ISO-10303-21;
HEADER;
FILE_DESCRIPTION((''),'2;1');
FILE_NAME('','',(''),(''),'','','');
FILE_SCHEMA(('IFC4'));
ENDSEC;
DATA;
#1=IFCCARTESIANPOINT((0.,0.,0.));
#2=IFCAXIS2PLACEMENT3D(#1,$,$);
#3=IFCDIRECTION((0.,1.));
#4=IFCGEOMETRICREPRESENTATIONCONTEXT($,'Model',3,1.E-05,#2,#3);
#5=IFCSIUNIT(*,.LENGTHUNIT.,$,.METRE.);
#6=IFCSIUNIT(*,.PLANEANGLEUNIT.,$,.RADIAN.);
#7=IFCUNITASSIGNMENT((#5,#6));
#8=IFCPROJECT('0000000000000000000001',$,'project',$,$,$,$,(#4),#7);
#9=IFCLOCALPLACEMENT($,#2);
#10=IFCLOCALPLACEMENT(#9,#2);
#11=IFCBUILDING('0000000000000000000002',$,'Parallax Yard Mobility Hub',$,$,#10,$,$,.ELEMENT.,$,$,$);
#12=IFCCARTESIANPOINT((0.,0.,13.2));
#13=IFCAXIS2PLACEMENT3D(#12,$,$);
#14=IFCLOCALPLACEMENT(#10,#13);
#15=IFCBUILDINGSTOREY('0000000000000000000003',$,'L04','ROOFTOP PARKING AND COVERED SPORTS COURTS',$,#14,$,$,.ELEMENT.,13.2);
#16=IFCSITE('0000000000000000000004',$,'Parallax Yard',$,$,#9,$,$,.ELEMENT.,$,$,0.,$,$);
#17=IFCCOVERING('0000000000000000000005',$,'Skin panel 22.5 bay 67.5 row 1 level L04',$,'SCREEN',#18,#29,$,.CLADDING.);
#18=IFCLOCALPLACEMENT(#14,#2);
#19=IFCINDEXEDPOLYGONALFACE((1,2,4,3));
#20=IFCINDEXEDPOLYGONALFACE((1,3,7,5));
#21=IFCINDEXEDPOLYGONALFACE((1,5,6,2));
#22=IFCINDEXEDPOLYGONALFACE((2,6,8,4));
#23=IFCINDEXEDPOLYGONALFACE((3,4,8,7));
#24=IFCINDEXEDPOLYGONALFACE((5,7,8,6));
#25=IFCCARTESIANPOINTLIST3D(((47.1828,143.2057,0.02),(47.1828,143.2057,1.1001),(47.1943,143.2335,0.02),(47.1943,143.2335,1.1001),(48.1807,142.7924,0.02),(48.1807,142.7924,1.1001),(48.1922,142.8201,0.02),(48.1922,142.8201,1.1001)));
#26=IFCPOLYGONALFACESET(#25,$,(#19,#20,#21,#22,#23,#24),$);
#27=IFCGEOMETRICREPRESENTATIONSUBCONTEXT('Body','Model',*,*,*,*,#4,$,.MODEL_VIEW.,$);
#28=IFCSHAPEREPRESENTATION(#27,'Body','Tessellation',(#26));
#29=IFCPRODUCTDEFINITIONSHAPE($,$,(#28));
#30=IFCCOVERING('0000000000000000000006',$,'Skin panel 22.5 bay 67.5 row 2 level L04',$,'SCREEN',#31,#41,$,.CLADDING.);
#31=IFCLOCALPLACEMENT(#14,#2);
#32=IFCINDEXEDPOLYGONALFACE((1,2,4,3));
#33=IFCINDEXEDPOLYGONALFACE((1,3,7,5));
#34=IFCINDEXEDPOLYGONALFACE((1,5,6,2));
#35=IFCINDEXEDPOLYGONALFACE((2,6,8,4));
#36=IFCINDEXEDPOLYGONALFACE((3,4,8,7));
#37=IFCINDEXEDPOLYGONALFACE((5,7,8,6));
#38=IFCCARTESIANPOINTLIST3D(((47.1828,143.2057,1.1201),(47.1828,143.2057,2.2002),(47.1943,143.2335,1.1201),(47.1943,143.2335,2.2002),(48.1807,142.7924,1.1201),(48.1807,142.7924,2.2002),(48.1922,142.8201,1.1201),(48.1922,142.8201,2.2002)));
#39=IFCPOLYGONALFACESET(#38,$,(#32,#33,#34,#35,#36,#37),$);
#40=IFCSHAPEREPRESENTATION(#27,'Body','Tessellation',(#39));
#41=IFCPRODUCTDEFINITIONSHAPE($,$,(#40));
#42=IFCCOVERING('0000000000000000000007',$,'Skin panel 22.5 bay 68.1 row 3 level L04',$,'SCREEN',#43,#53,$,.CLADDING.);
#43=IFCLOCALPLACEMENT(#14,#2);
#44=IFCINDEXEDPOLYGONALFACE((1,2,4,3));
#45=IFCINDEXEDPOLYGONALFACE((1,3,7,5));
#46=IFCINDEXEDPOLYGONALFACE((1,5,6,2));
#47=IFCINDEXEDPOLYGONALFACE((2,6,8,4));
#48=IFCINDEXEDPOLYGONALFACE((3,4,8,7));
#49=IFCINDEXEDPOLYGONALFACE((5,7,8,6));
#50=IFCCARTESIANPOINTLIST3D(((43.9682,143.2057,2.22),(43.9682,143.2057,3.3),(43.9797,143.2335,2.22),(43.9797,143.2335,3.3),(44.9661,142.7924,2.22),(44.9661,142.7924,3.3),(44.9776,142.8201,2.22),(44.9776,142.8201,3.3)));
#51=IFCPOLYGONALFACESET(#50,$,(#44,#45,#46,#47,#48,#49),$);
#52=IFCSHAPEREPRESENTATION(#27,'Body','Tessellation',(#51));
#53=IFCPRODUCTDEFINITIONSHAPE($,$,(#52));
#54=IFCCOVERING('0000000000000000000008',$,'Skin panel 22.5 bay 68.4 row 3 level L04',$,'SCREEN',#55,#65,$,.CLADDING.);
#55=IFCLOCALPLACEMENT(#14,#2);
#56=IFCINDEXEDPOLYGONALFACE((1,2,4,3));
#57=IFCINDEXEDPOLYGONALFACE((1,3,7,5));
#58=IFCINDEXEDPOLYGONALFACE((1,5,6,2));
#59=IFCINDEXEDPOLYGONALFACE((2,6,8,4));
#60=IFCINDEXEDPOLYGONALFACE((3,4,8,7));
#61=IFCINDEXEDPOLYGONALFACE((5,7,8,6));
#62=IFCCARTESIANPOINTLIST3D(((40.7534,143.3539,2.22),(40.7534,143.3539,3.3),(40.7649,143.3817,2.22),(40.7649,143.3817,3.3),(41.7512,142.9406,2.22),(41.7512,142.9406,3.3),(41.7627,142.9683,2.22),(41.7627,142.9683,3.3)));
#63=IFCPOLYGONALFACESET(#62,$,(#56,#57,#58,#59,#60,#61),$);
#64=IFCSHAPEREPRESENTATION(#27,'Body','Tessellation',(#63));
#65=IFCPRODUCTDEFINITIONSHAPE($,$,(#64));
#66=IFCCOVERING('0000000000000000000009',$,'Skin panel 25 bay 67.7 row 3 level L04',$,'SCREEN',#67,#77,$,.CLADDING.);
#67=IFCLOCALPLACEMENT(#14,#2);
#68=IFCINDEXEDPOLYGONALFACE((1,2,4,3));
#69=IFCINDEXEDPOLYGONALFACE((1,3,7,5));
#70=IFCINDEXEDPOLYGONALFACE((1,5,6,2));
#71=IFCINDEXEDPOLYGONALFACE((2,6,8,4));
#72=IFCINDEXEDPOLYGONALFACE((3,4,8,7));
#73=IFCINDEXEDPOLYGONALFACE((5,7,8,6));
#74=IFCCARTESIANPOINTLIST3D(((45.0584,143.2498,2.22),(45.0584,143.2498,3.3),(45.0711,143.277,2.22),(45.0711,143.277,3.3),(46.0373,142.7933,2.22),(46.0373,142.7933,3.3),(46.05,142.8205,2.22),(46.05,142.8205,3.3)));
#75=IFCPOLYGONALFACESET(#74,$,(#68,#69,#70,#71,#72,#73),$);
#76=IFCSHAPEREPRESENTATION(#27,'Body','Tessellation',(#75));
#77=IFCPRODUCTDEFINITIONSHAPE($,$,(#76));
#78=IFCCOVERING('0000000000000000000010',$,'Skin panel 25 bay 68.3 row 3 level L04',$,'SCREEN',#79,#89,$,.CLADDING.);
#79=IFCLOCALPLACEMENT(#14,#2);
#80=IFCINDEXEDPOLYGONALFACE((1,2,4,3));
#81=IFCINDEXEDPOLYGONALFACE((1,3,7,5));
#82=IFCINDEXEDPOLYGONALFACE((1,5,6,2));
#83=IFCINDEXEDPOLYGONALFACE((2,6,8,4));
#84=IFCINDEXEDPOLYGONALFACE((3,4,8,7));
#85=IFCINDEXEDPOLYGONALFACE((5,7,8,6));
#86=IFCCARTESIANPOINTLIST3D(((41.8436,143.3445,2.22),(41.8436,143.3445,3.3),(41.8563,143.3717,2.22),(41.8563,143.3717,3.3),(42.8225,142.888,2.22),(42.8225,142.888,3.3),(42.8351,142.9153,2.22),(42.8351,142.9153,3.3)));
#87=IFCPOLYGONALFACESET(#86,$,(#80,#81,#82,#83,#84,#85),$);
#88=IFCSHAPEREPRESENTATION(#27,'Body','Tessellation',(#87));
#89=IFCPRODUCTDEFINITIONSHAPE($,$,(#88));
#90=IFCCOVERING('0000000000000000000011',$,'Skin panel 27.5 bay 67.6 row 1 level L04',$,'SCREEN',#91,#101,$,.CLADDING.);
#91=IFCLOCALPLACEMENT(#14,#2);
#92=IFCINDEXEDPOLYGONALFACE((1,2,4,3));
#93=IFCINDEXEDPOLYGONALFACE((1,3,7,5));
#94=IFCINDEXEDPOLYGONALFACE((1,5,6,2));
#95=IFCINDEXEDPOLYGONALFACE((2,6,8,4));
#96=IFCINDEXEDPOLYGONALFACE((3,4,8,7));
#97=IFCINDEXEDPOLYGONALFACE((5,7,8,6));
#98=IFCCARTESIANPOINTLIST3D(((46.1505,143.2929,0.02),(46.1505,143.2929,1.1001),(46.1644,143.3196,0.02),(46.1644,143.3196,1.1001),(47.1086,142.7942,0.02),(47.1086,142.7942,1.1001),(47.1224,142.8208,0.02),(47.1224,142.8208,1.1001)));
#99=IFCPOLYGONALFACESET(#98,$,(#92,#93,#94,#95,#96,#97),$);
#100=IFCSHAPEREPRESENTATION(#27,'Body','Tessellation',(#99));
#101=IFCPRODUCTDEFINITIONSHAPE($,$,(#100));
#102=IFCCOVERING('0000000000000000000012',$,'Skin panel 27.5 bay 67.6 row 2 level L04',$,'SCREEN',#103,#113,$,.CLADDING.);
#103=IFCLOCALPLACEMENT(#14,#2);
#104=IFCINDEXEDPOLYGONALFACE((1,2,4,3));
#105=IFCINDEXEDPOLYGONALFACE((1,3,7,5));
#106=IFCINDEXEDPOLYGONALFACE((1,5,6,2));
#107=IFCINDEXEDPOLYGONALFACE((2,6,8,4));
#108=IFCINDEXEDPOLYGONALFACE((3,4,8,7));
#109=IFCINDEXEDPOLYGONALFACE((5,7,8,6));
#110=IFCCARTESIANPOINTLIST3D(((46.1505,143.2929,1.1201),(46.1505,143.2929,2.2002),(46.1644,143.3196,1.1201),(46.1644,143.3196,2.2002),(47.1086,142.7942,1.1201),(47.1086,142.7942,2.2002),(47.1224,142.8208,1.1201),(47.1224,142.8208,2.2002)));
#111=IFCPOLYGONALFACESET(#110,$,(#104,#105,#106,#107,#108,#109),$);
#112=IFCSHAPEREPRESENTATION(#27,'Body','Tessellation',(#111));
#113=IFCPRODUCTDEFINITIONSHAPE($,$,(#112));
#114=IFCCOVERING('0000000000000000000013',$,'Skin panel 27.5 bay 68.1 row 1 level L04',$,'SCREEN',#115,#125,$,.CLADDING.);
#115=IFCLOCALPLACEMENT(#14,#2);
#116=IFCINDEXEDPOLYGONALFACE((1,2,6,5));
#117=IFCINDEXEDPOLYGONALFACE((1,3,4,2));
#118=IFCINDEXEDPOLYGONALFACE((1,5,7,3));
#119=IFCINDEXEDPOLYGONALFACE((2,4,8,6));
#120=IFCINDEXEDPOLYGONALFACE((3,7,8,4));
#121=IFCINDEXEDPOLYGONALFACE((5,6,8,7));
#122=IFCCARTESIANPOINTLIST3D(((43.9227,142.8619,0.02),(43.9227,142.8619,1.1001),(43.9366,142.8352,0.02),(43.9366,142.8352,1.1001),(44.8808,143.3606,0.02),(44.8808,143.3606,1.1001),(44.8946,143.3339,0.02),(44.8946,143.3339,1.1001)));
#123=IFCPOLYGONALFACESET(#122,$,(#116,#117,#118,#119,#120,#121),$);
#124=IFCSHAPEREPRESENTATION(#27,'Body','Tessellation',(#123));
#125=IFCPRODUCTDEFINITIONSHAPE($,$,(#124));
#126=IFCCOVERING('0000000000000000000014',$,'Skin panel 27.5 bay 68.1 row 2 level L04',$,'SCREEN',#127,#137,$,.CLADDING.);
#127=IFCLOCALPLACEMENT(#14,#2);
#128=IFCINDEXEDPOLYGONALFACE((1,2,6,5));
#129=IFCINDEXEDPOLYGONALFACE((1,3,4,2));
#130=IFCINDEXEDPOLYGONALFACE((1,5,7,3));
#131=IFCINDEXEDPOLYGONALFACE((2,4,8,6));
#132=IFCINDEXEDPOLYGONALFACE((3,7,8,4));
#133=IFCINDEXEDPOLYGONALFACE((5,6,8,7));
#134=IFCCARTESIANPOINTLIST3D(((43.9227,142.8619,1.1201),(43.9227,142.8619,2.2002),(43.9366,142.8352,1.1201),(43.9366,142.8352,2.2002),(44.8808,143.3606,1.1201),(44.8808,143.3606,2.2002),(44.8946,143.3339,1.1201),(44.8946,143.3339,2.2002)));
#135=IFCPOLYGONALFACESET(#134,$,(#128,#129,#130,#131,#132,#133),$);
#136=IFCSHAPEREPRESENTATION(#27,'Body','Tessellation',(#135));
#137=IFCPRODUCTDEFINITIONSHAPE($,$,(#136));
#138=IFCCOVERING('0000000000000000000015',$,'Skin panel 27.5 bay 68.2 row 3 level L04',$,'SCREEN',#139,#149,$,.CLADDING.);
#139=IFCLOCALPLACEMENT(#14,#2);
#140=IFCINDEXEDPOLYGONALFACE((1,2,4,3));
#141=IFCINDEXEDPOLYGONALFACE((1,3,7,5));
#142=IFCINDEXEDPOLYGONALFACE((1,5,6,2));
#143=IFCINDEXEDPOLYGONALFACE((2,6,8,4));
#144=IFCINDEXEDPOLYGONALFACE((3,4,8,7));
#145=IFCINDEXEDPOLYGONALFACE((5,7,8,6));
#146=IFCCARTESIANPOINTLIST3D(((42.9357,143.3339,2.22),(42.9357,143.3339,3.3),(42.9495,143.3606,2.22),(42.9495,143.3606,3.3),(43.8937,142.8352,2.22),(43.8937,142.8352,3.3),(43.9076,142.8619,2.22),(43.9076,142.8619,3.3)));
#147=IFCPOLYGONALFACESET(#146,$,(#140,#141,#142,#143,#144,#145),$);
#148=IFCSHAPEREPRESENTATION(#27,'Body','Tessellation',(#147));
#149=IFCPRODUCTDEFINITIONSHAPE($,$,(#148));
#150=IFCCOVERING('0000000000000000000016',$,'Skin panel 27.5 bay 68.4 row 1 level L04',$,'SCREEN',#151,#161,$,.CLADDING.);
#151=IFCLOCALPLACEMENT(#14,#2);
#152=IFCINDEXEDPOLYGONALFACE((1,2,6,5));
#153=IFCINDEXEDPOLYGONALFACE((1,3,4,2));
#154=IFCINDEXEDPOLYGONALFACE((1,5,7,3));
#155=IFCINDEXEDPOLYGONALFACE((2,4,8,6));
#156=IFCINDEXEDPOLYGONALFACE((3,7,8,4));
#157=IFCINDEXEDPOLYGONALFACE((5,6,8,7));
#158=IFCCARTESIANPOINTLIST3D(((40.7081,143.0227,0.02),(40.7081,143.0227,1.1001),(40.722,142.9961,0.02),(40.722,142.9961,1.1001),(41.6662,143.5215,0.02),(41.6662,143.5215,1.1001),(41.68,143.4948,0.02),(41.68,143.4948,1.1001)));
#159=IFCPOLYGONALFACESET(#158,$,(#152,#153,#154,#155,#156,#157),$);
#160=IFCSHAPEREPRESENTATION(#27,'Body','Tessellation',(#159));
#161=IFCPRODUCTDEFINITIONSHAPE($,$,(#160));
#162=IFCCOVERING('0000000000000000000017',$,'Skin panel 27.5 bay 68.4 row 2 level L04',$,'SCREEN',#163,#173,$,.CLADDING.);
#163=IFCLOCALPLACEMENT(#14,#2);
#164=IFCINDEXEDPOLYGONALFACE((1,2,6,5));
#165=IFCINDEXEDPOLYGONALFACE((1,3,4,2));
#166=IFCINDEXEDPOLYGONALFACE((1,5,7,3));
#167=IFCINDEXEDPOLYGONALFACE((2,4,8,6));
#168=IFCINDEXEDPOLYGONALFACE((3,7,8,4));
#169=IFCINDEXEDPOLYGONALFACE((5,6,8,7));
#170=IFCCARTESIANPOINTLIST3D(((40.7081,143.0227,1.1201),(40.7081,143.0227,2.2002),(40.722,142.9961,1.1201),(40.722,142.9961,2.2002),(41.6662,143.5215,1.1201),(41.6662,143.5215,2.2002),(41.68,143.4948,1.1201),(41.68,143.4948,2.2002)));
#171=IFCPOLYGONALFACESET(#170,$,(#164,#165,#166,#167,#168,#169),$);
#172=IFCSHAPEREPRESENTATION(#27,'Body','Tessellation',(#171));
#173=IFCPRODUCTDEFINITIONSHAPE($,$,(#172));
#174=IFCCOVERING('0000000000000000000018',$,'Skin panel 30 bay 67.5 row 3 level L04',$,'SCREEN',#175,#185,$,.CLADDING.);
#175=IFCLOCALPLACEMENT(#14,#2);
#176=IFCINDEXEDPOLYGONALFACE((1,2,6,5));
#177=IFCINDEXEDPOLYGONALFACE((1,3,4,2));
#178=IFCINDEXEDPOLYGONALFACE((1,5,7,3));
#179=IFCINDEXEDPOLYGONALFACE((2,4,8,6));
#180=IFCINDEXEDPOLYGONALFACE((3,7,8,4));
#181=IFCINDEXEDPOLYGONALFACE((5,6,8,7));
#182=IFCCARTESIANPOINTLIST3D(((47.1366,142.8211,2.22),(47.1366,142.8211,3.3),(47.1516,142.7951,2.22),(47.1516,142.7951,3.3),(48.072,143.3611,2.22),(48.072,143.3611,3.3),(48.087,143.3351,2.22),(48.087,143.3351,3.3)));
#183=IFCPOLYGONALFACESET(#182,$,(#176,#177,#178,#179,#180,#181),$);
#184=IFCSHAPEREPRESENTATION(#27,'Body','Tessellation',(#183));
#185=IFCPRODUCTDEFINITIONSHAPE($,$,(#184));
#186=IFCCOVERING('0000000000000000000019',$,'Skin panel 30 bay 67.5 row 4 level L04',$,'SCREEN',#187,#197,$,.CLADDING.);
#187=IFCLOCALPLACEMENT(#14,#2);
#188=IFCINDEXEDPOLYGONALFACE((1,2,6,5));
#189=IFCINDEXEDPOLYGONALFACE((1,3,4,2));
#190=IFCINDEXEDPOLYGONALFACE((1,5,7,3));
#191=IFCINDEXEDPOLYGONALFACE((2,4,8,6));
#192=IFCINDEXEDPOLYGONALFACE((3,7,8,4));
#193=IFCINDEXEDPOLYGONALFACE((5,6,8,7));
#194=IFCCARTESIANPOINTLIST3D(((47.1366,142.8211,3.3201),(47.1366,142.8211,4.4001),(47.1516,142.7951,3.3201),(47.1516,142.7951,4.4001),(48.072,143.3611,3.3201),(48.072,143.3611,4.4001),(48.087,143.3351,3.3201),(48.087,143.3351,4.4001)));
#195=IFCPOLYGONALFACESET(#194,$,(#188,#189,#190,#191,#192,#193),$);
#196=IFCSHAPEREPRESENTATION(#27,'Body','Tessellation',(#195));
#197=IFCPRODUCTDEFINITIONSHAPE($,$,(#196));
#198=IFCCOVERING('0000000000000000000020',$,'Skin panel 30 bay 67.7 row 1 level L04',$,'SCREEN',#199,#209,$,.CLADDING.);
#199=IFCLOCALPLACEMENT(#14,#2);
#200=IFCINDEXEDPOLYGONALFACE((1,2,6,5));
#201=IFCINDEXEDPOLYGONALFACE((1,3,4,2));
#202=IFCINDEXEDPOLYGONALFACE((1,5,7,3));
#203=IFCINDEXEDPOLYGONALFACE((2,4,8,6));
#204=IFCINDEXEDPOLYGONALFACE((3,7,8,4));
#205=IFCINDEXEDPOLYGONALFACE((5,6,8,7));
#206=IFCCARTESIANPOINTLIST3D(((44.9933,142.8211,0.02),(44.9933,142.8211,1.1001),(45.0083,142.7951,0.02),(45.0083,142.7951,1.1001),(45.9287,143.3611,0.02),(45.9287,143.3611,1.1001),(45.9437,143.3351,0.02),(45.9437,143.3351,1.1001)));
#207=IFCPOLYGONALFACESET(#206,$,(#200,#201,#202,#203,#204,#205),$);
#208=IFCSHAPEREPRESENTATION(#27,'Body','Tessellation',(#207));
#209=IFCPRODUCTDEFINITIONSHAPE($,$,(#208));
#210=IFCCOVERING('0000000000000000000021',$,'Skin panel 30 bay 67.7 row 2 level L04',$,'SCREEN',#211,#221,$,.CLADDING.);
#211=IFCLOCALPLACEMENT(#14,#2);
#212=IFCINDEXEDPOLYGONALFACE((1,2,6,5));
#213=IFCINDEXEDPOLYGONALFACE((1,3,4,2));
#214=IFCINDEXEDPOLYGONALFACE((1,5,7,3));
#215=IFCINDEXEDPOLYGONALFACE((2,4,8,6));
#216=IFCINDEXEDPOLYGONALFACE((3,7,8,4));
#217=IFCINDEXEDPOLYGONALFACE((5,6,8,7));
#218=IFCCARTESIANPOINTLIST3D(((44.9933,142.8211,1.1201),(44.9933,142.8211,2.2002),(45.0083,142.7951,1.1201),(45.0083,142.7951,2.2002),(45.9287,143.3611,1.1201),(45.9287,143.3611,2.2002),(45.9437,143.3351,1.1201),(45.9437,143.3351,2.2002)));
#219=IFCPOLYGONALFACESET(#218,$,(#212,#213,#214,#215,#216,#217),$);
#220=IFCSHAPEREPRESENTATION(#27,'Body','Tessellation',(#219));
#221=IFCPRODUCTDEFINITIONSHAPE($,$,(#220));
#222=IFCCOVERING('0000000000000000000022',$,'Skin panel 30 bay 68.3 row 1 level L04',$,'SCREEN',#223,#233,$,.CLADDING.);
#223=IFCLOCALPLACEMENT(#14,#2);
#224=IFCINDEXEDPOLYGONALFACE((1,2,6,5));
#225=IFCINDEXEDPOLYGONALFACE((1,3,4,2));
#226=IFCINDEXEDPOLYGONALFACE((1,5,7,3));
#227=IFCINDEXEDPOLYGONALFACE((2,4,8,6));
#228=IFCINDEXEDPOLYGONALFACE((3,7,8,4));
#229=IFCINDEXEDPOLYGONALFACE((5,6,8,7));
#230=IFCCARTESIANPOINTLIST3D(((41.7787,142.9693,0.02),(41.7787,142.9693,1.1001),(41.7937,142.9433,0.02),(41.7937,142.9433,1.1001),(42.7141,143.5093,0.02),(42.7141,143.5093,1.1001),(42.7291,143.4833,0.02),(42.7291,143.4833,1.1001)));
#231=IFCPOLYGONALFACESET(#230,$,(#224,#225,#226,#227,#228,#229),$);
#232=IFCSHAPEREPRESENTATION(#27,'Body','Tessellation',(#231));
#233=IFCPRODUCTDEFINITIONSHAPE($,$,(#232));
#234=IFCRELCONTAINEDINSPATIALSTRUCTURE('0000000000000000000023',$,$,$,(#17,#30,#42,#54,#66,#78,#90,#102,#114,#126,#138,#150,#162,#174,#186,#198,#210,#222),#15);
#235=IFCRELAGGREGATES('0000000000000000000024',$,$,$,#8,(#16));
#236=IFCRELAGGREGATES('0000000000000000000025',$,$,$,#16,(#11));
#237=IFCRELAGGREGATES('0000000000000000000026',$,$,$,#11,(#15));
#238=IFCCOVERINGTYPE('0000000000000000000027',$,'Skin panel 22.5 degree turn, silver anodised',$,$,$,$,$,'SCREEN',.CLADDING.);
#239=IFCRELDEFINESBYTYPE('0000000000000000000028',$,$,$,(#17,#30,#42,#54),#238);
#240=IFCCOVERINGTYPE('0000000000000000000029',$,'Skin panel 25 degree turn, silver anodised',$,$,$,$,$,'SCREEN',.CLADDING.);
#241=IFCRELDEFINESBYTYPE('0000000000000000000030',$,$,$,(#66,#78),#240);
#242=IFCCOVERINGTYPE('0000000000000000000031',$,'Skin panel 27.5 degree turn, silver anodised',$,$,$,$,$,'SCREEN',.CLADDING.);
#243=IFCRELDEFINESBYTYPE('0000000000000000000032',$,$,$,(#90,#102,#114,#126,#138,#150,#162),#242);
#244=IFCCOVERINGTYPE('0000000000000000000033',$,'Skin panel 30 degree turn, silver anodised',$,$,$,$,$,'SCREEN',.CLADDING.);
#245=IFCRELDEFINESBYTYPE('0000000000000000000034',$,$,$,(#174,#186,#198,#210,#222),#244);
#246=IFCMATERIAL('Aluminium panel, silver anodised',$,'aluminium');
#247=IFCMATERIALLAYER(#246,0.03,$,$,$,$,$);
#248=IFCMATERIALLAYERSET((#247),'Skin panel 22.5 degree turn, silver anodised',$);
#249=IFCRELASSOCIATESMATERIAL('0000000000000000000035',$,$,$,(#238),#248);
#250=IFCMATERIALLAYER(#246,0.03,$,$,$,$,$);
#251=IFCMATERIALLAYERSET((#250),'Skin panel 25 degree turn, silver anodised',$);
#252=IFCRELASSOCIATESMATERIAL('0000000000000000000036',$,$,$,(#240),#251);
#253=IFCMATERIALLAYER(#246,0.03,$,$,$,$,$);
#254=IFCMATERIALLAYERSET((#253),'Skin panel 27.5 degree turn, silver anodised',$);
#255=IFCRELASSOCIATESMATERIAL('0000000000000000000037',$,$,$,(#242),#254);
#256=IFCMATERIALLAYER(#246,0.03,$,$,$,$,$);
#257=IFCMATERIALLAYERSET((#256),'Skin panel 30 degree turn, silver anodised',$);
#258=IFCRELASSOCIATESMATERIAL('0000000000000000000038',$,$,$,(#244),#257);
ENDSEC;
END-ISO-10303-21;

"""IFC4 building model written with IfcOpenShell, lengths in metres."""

from ifc_helpers import new_model, si_unit, direction, frame, origin, origin_2d, place, context, subcontext, project, spatial, rectangle, extrude, material, layer, layer_set, type_object, element, save


model = new_model("IFC4")

# Units and contexts
model_context = context("Model", 3, precision=1e-05, world=origin(), true_north=direction((0.0, 1.0)))
body_context = subcontext(model_context, "Body", "Model", "MODEL_VIEW")
ifc_project = project(units=[si_unit("LENGTHUNIT", "METRE"), si_unit("PLANEANGLEUNIT", "RADIAN")], contexts=[model_context])

# Site, building, storey
site_placement = place(None, origin())
site = spatial("IfcSite", under=ifc_project, at=site_placement, Name="Parallax Yard", CompositionType="ELEMENT", RefElevation=0.0)
building_placement = place(site_placement, origin())
building = spatial("IfcBuilding", under=site, at=building_placement, Name="Parallax Yard Mobility Hub", CompositionType="ELEMENT")
storey_placement = place(building_placement, frame((0.0, 0.0, 13.2)))
storey = spatial("IfcBuildingStorey", under=building, at=storey_placement, Name="L04", Description="ROOFTOP PARKING AND COVERED SPORTS COURTS", CompositionType="ELEMENT", Elevation=13.2)

# Coverings
ifc_material_1 = material(Name="Aluminium panel, silver anodised", Category="aluminium")
ifc_layer_1 = layer(ifc_material_1, 0.03)
ifc_layer_set_1 = layer_set([ifc_layer_1], Name="Skin panel 22.5 degree turn, silver anodised")
covering_type_1 = type_object("IfcCoveringType", Name="Skin panel 22.5 degree turn, silver anodised", ElementType="SCREEN", PredefinedType="CLADDING", material=ifc_layer_set_1)
for number, where, z_axis, x_axis, name in (
    (1, (47.6875, 143.0129, 0.02), (0.0, 0.0, 1.0), (-0.92388, 0.382683, 0.0), "Skin panel 22.5 bay 67.5 row 1 level L04"),
    (2, (47.6875, 143.0129, 1.1201), (0.0, 0.0, 1.0), (-0.92388, 0.382683, 0.0), "Skin panel 22.5 bay 67.5 row 2 level L04"),
    (3, (44.4729, 143.0129, 2.22), (0.0, 0.0, 1.0), (-0.92388, 0.382683, 0.0), "Skin panel 22.5 bay 68.1 row 3 level L04"),
    (4, (41.2581, 143.1611, 2.22), (0.0, 0.0, 1.0), (-0.92388, 0.382683, 0.0), "Skin panel 22.5 bay 68.4 row 3 level L04"),
):
    element("IfcCovering", number, at=place(storey_placement, frame(where, z_axis=z_axis, x_axis=x_axis)), inside=storey, type_object=covering_type_1, Name=name, ObjectType="SCREEN", PredefinedType="CLADDING", context=body_context, shape_type="SweptSolid", body=[
        extrude(rectangle(XDim=1.0801, YDim=0.03, at=origin_2d()), origin(), (0.0, 0.0, 1.0), 1.0801),
    ])
ifc_layer_2 = layer(ifc_material_1, 0.03)
ifc_layer_set_2 = layer_set([ifc_layer_2], Name="Skin panel 25 degree turn, silver anodised")
covering_type_2 = type_object("IfcCoveringType", Name="Skin panel 25 degree turn, silver anodised", ElementType="SCREEN", PredefinedType="CLADDING", material=ifc_layer_set_2)
for number, where, z_axis, x_axis, name in (
    (5, (45.5542, 143.0352, 2.22), (0.0, 0.0, 1.0), (-0.906308, 0.422618, 0.0), "Skin panel 25 bay 67.7 row 3 level L04"),
    (6, (42.3394, 143.1299, 2.22), (0.0, 0.0, 1.0), (-0.906308, 0.422618, 0.0), "Skin panel 25 bay 68.3 row 3 level L04"),
):
    element("IfcCovering", number, at=place(storey_placement, frame(where, z_axis=z_axis, x_axis=x_axis)), inside=storey, type_object=covering_type_2, Name=name, ObjectType="SCREEN", PredefinedType="CLADDING", context=body_context, shape_type="SweptSolid", body=[
        extrude(rectangle(XDim=1.0801, YDim=0.03, at=origin_2d()), origin(), (0.0, 0.0, 1.0), 1.0801),
    ])
ifc_layer_3 = layer(ifc_material_1, 0.03)
ifc_layer_set_3 = layer_set([ifc_layer_3], Name="Skin panel 27.5 degree turn, silver anodised")
covering_type_3 = type_object("IfcCoveringType", Name="Skin panel 27.5 degree turn, silver anodised", ElementType="SCREEN", PredefinedType="CLADDING", material=ifc_layer_set_3)
for number, where, z_axis, x_axis, name in (
    (7, (46.6365, 143.0569, 0.02), (0.0, 0.0, 1.0), (-0.887011, 0.461749, 0.0), "Skin panel 27.5 bay 67.6 row 1 level L04"),
    (8, (46.6365, 143.0569, 1.1201), (0.0, 0.0, 1.0), (-0.887011, 0.461749, 0.0), "Skin panel 27.5 bay 67.6 row 2 level L04"),
    (9, (44.4087, 143.0979, 0.02), (0.0, 0.0, 1.0), (0.887011, 0.461749, 0.0), "Skin panel 27.5 bay 68.1 row 1 level L04"),
    (10, (44.4087, 143.0979, 1.1201), (0.0, 0.0, 1.0), (0.887011, 0.461749, 0.0), "Skin panel 27.5 bay 68.1 row 2 level L04"),
    (11, (43.4216, 143.0979, 2.22), (0.0, 0.0, 1.0), (-0.887011, 0.461749, 0.0), "Skin panel 27.5 bay 68.2 row 3 level L04"),
    (12, (41.1941, 143.2588, 0.02), (0.0, 0.0, 1.0), (0.887011, 0.461749, 0.0), "Skin panel 27.5 bay 68.4 row 1 level L04"),
    (13, (41.1941, 143.2588, 1.1201), (0.0, 0.0, 1.0), (0.887011, 0.461749, 0.0), "Skin panel 27.5 bay 68.4 row 2 level L04"),
):
    element("IfcCovering", number, at=place(storey_placement, frame(where, z_axis=z_axis, x_axis=x_axis)), inside=storey, type_object=covering_type_3, Name=name, ObjectType="SCREEN", PredefinedType="CLADDING", context=body_context, shape_type="SweptSolid", body=[
        extrude(rectangle(XDim=1.0801, YDim=0.03, at=origin_2d()), origin(), (0.0, 0.0, 1.0), 1.0801),
    ])
ifc_layer_4 = layer(ifc_material_1, 0.03)
ifc_layer_set_4 = layer_set([ifc_layer_4], Name="Skin panel 30 degree turn, silver anodised")
covering_type_4 = type_object("IfcCoveringType", Name="Skin panel 30 degree turn, silver anodised", ElementType="SCREEN", PredefinedType="CLADDING", material=ifc_layer_set_4)
for number, where, z_axis, x_axis, name in (
    (14, (47.6118, 143.0781, 2.22), (0.0, 0.0, 1.0), (0.866025, 0.5, 0.0), "Skin panel 30 bay 67.5 row 3 level L04"),
    (15, (47.6118, 143.0781, 3.3201), (0.0, 0.0, 1.0), (0.866025, 0.5, 0.0), "Skin panel 30 bay 67.5 row 4 level L04"),
    (16, (45.4685, 143.0781, 0.02), (0.0, 0.0, 1.0), (0.866025, 0.5, 0.0), "Skin panel 30 bay 67.7 row 1 level L04"),
    (17, (45.4685, 143.0781, 1.1201), (0.0, 0.0, 1.0), (0.866025, 0.5, 0.0), "Skin panel 30 bay 67.7 row 2 level L04"),
    (18, (42.2539, 143.2263, 0.02), (0.0, 0.0, 1.0), (0.866025, 0.5, 0.0), "Skin panel 30 bay 68.3 row 1 level L04"),
):
    element("IfcCovering", number, at=place(storey_placement, frame(where, z_axis=z_axis, x_axis=x_axis)), inside=storey, type_object=covering_type_4, Name=name, ObjectType="SCREEN", PredefinedType="CLADDING", context=body_context, shape_type="SweptSolid", body=[
        extrude(rectangle(XDim=1.0801, YDim=0.03, at=origin_2d()), origin(), (0.0, 0.0, 1.0), 1.0801),
    ])

save(model, "model.ifc")
